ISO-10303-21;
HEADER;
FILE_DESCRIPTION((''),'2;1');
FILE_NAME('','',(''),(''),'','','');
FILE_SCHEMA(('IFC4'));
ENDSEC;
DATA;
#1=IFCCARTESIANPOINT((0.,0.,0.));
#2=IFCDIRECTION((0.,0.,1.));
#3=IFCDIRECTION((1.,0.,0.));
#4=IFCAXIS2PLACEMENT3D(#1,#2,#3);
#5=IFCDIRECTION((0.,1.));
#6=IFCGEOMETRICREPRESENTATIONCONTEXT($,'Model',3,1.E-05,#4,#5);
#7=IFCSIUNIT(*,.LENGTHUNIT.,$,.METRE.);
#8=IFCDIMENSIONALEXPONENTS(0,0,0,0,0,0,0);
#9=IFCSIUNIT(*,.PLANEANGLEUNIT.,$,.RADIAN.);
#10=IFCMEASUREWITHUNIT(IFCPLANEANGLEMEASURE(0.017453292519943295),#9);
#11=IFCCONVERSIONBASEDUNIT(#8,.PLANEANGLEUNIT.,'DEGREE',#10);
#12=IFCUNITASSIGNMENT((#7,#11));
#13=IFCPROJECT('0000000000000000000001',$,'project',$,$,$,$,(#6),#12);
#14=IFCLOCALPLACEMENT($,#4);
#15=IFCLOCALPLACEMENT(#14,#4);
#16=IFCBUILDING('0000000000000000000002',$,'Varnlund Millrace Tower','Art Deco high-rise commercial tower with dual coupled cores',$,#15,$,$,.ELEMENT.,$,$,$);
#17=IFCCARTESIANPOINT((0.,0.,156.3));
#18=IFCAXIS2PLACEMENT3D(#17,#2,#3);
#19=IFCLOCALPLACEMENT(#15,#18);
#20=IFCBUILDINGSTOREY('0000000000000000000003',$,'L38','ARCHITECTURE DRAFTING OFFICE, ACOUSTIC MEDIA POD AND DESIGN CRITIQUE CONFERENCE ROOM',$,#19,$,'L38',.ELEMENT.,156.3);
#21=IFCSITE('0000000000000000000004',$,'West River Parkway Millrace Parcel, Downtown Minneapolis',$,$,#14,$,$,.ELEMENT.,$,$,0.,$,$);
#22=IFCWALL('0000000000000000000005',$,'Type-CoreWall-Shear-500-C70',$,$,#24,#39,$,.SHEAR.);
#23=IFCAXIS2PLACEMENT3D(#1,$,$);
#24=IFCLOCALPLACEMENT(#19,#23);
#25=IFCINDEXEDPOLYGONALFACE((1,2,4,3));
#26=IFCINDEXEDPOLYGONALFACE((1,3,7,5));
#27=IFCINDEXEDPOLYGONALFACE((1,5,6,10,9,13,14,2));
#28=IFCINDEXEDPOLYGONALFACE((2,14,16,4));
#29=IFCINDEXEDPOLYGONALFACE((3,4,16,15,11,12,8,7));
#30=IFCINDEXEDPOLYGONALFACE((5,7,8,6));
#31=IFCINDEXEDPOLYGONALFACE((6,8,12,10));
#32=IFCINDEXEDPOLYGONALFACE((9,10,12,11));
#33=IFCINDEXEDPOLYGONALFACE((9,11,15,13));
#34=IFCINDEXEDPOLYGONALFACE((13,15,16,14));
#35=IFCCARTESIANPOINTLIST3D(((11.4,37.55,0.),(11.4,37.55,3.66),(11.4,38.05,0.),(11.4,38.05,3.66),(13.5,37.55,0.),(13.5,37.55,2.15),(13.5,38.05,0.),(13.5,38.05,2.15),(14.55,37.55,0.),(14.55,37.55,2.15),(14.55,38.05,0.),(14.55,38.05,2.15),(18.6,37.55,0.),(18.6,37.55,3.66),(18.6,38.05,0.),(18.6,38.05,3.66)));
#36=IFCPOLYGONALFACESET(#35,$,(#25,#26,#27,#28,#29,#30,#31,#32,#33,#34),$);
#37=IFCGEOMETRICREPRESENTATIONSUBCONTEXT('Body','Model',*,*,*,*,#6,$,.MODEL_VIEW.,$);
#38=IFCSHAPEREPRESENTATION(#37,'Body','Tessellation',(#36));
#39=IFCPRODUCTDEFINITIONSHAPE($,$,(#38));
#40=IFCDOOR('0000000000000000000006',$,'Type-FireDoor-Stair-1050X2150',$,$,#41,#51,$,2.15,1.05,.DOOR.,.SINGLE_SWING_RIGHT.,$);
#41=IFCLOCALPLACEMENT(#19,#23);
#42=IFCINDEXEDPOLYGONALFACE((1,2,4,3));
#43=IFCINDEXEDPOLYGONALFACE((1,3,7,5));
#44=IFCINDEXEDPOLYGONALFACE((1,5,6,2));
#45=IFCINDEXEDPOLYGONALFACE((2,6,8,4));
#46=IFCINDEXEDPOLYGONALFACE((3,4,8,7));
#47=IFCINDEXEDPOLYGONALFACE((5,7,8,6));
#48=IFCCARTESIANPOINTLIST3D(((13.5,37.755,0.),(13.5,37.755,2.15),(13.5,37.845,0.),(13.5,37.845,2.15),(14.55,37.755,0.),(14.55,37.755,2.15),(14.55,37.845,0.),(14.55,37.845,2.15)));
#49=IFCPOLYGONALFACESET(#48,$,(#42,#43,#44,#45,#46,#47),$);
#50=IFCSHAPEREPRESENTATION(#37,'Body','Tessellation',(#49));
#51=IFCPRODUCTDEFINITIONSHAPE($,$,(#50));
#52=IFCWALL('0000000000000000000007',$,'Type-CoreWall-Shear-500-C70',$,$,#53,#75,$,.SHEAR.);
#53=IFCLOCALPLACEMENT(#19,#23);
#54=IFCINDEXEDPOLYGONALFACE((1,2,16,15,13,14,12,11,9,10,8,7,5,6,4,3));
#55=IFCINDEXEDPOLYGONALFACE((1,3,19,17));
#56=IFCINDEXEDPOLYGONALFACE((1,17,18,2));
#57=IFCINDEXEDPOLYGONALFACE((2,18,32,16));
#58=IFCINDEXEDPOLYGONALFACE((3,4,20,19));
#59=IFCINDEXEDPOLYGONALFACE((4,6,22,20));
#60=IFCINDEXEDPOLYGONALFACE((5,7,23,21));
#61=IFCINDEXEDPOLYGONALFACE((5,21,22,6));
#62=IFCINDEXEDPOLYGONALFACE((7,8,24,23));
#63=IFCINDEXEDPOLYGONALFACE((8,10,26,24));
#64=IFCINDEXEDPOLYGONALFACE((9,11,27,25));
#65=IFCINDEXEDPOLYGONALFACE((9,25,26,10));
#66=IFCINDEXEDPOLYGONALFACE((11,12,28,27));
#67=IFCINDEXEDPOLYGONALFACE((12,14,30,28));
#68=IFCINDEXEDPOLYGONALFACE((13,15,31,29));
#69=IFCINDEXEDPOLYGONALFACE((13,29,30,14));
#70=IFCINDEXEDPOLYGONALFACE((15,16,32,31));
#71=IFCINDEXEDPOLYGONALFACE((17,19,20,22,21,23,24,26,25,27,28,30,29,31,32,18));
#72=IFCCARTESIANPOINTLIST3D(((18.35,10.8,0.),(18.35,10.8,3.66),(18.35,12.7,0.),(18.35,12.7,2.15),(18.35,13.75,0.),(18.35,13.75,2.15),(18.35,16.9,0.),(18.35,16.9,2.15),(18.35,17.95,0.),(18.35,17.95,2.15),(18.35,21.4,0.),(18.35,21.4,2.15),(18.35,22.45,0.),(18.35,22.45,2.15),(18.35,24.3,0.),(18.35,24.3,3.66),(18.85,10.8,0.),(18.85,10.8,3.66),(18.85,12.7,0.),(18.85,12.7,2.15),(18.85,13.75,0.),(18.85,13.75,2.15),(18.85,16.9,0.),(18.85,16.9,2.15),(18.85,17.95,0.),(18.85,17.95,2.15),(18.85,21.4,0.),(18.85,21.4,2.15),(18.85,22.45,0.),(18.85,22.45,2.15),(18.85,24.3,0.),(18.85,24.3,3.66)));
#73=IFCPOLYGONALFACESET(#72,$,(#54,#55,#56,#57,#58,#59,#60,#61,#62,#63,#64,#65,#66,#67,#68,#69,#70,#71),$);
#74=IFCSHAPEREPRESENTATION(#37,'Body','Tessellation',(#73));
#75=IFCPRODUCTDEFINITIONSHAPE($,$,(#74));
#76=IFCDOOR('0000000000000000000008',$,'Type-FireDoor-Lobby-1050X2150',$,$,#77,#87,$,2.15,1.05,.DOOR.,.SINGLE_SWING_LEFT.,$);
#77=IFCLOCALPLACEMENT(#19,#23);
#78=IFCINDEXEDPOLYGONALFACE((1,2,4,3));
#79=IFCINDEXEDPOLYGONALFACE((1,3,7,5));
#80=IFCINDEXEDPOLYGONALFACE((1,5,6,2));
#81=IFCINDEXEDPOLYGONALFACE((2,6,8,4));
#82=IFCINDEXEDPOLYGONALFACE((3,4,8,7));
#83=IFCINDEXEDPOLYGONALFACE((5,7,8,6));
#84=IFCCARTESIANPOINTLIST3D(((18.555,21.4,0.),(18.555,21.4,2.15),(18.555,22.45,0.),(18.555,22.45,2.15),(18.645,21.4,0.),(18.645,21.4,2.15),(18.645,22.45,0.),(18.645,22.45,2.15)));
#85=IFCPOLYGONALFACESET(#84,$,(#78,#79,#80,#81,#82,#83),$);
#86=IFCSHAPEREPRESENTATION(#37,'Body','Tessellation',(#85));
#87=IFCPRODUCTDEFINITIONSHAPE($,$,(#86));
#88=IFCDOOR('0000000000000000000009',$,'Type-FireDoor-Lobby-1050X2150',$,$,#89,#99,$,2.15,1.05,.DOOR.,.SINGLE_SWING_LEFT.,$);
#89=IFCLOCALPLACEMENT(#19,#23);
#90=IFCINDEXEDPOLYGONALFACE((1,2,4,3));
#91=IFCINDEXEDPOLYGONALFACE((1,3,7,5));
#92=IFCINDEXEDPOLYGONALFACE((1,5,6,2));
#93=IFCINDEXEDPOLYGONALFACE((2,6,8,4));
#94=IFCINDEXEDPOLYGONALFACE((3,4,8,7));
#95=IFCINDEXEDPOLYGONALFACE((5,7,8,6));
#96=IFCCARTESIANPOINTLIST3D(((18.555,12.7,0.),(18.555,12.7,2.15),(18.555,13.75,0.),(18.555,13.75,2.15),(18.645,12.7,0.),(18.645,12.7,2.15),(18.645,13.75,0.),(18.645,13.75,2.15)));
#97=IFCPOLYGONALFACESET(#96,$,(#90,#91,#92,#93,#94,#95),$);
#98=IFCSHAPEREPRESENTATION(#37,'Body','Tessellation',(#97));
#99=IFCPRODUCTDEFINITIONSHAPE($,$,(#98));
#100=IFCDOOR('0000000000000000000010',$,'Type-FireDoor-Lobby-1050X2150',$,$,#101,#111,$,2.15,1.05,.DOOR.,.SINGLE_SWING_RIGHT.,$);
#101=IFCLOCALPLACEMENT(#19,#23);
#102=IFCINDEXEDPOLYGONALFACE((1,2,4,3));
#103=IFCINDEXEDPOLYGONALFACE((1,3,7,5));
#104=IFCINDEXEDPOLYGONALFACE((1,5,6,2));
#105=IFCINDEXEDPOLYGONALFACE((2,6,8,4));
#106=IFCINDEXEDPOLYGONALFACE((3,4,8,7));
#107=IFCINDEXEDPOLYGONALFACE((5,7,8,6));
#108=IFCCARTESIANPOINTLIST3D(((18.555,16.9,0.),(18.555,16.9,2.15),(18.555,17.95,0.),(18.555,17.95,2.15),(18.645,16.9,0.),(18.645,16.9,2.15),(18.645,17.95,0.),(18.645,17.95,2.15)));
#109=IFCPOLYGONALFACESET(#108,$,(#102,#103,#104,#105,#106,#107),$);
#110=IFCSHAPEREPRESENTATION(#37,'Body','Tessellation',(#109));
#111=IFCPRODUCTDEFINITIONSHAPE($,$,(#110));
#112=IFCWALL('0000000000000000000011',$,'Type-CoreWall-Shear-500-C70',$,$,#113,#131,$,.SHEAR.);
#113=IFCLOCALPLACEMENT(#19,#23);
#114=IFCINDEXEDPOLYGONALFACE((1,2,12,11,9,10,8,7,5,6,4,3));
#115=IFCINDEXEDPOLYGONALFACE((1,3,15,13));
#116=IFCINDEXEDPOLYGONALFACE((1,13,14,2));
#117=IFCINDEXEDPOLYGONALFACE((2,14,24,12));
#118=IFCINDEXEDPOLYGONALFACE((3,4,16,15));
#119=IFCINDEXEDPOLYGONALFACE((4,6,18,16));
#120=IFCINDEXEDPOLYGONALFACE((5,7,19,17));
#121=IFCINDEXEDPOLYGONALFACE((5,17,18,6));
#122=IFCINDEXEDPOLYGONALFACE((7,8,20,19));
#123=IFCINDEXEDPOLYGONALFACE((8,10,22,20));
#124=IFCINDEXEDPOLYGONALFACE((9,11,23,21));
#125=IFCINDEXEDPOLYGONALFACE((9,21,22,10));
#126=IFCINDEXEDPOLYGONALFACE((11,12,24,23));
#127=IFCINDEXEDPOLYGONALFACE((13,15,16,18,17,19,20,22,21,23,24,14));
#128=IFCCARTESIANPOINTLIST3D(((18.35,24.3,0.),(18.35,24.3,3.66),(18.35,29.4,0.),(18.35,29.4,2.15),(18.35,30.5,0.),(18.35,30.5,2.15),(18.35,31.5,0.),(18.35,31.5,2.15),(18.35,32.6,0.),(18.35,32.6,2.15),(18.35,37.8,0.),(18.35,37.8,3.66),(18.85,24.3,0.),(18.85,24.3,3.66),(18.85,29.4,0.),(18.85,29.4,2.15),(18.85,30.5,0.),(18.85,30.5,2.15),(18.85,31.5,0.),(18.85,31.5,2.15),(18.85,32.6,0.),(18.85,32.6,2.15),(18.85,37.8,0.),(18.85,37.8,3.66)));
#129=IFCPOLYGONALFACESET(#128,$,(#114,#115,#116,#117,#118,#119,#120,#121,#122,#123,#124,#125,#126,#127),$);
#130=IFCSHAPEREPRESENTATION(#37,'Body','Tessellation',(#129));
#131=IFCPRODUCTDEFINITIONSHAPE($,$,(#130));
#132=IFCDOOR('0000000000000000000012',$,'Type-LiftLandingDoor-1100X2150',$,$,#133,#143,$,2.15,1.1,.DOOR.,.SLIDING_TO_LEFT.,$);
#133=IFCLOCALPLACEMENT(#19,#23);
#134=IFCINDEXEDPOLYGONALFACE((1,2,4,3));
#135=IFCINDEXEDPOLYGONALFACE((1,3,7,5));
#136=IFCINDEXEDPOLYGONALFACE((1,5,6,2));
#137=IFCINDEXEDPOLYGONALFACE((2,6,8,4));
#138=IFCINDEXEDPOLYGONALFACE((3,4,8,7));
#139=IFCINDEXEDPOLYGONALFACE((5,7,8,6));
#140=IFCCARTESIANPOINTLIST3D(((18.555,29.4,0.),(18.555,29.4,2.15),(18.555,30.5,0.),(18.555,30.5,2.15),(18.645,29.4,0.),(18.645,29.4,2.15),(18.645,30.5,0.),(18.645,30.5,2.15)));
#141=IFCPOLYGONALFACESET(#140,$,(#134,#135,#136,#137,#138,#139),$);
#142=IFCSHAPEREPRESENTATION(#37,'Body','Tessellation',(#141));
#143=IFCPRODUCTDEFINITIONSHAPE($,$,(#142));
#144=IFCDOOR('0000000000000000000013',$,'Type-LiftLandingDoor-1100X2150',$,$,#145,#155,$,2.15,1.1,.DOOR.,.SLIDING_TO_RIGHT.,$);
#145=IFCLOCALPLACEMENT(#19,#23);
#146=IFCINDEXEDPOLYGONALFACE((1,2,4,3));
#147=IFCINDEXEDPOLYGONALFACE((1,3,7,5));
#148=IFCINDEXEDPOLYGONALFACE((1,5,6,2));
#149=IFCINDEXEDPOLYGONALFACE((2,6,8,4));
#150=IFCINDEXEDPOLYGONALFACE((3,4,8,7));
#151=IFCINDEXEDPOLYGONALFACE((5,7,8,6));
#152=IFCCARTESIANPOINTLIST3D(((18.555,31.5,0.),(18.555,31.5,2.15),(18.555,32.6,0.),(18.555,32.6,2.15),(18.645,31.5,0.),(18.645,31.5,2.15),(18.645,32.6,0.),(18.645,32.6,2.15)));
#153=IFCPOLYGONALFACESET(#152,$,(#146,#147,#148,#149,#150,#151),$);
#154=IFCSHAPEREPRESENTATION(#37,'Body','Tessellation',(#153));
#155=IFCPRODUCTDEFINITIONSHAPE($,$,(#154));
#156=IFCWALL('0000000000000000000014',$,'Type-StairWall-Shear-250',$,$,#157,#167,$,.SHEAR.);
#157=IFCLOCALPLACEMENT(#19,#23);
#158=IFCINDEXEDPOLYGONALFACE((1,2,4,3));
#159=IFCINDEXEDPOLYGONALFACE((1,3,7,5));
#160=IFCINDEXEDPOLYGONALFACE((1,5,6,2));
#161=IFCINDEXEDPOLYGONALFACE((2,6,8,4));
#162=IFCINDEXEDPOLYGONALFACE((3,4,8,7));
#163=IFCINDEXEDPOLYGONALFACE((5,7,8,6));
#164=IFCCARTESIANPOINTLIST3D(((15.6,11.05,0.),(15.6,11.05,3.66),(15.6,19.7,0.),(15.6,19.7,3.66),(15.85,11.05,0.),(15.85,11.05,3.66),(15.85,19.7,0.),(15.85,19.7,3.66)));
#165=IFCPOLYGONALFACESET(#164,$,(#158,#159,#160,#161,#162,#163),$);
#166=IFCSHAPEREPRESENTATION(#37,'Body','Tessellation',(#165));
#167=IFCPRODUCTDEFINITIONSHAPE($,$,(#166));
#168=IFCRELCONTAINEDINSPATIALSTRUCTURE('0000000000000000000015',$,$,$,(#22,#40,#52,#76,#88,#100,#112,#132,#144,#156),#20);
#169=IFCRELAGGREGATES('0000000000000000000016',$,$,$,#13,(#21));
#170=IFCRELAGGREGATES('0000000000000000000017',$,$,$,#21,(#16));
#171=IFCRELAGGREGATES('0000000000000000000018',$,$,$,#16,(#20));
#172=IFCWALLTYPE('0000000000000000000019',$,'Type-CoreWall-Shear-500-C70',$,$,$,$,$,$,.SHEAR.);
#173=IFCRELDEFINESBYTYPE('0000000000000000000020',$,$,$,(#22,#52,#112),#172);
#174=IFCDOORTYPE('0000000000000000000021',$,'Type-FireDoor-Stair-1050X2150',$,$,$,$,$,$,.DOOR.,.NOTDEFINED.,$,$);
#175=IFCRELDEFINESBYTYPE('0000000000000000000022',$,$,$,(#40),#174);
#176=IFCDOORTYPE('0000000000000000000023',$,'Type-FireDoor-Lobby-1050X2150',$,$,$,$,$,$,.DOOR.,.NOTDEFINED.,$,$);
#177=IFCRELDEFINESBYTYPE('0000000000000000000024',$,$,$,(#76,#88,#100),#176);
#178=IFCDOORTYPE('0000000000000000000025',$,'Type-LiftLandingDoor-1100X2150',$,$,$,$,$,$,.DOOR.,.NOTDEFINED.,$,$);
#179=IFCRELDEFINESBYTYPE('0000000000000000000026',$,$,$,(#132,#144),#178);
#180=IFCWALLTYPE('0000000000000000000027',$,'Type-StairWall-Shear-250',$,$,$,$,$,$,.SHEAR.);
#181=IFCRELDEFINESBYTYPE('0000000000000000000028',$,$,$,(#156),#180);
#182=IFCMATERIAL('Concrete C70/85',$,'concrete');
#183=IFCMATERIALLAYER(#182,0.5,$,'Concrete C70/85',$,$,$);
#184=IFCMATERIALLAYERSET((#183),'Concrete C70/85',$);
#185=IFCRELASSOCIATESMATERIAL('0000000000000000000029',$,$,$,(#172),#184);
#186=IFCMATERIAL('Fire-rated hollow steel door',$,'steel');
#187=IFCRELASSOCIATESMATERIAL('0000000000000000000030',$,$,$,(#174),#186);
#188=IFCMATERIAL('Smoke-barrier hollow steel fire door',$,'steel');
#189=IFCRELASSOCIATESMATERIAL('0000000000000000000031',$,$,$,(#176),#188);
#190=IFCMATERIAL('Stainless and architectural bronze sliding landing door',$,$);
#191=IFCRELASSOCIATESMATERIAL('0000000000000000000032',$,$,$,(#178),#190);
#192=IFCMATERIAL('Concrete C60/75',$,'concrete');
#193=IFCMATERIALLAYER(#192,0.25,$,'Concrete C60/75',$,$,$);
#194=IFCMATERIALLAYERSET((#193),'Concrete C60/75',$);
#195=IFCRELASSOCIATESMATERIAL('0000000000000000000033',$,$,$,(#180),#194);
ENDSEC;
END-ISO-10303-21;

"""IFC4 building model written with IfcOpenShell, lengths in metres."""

from ifc_helpers import new_model, entity, si_unit, converted_unit, direction, frame, origin_with_axes, origin_2d_with_axis, place, context, subcontext, project, spatial, polyline, rectangle, outline, extrude, material, layer, layer_set, type_object, element, fill, save


model = new_model("IFC4")

# Units and contexts
model_context = context("Model", 3, precision=1e-05, world=origin_with_axes(), true_north=direction((0.0, 1.0)))
body_context = subcontext(model_context, "Body", "Model", "MODEL_VIEW")
ifc_project = project(units=[si_unit("LENGTHUNIT", "METRE"), converted_unit("PLANEANGLEUNIT", "DEGREE", entity("IfcPlaneAngleMeasure", 0.017453292519943295), si_unit("PLANEANGLEUNIT", "RADIAN"), dimensions=[0, 0, 0, 0, 0, 0, 0])], contexts=[model_context])

# Site, building, storey
site_placement = place(None, origin_with_axes())
site = spatial("IfcSite", under=ifc_project, at=site_placement, Name="West River Parkway Millrace Parcel, Downtown Minneapolis", CompositionType="ELEMENT", RefElevation=0.0)
building_placement = place(site_placement, origin_with_axes())
building = spatial("IfcBuilding", under=site, at=building_placement, Name="Varnlund Millrace Tower", Description="Art Deco high-rise commercial tower with dual coupled cores", CompositionType="ELEMENT")
storey_placement = place(building_placement, frame((0.0, 0.0, 156.3), z_axis=(0.0, 0.0, 1.0), x_axis=(1.0, 0.0, 0.0)))
storey = spatial("IfcBuildingStorey", under=building, at=storey_placement, Name="L38", Description="ARCHITECTURE DRAFTING OFFICE, ACOUSTIC MEDIA POD AND DESIGN CRITIQUE CONFERENCE ROOM", LongName="L38", CompositionType="ELEMENT", Elevation=156.3)

# Shared definitions
ifc_material_1 = material(Name="Concrete C60/75", Category="concrete")

# Shared definitions
ifc_material_2 = material(Name="Concrete C70/85", Category="concrete")
ifc_layer_1 = layer(ifc_material_2, 0.5, Name="Concrete C70/85")
ifc_layer_set_1 = layer_set([ifc_layer_1], Name="Concrete C70/85")
wall_type_1 = type_object("IfcWallType", Name="Type-CoreWall-Shear-500-C70", PredefinedType="SHEAR", material=ifc_layer_set_1)

# Wall, opening, door
ifc_material_3 = material(Name="Fire-rated hollow steel door", Category="steel")
door_type_1 = type_object("IfcDoorType", Name="Type-FireDoor-Stair-1050X2150", OperationType="NOTDEFINED", PredefinedType="DOOR", material=ifc_material_3)
wall_1_placement = place(storey_placement, frame((11.4, 37.8, 0.0), z_axis=(0.0, 0.0, 1.0), x_axis=(1.0, 0.0, 0.0)))
wall_1 = element("IfcWall", 1, at=wall_1_placement, inside=storey, type_object=wall_type_1, Name="Type-CoreWall-Shear-500-C70", PredefinedType="SHEAR", context=body_context, shape_type="SweptSolid", body=[
    extrude(outline(polyline([(0.0, -0.25), (7.2, -0.25), (7.2, 0.25), (0.0, 0.25), (0.0, -0.25)])), origin_with_axes(), (0.0, 0.0, 1.0), 3.66),
])
opening_1_placement = place(wall_1_placement, frame((2.625, 0.0, 0.0), z_axis=(0.0, 0.0, 1.0), x_axis=(1.0, 0.0, 0.0)))
opening_1 = element("IfcOpeningElement", 2, at=opening_1_placement, cuts=wall_1, PredefinedType="OPENING", context=body_context, shape_type="SweptSolid", body=[
    extrude(rectangle(XDim=1.05, YDim=0.52, at=origin_2d_with_axis()), origin_with_axes(), (0.0, 0.0, 1.0), 2.15),
])
door_1_placement = place(wall_1_placement, frame((2.625, 0.0, 0.0), z_axis=(0.0, 0.0, 1.0), x_axis=(1.0, 0.0, 0.0)))
door_1 = element("IfcDoor", 3, at=door_1_placement, inside=storey, type_object=door_type_1, Name="Type-FireDoor-Stair-1050X2150", OperationType="SINGLE_SWING_RIGHT", OverallHeight=2.15, OverallWidth=1.05, PredefinedType="DOOR", context=body_context, shape_type="SweptSolid", body=[
    extrude(rectangle(XDim=1.05, YDim=0.09, at=origin_2d_with_axis()), origin_with_axes(), (0.0, 0.0, 1.0), 2.15),
])
fill(opening_1, door_1)

# Walls, openings, doors
wall_2_placement = place(storey_placement, frame((18.6, 10.8, 0.0), z_axis=(0.0, 0.0, 1.0), x_axis=(0.0, 1.0, 0.0)))
wall_2 = element("IfcWall", 4, at=wall_2_placement, inside=storey, type_object=wall_type_1, Name="Type-CoreWall-Shear-500-C70", PredefinedType="SHEAR", context=body_context, shape_type="SweptSolid", body=[
    extrude(outline(polyline([(0.0, -0.25), (13.5, -0.25), (13.5, 0.25), (0.0, 0.25), (0.0, -0.25)])), origin_with_axes(), (0.0, 0.0, 1.0), 3.66),
])
opening_2_placement = place(wall_2_placement, frame((11.125, 0.0, 0.0), z_axis=(0.0, 0.0, 1.0), x_axis=(1.0, 0.0, 0.0)))
opening_2 = element("IfcOpeningElement", 5, at=opening_2_placement, cuts=wall_2, PredefinedType="OPENING", context=body_context, shape_type="SweptSolid", body=[
    extrude(rectangle(XDim=1.05, YDim=0.52, at=origin_2d_with_axis()), origin_with_axes(), (0.0, 0.0, 1.0), 2.15),
])
opening_3_placement = place(wall_2_placement, frame((2.425, 0.0, 0.0), z_axis=(0.0, 0.0, 1.0), x_axis=(1.0, 0.0, 0.0)))
opening_3 = element("IfcOpeningElement", 6, at=opening_3_placement, cuts=wall_2, PredefinedType="OPENING", context=body_context, shape_type="SweptSolid", body=[
    extrude(rectangle(XDim=1.05, YDim=0.52, at=origin_2d_with_axis()), origin_with_axes(), (0.0, 0.0, 1.0), 2.15),
])
opening_4_placement = place(wall_2_placement, frame((6.625, 0.0, 0.0), z_axis=(0.0, 0.0, 1.0), x_axis=(1.0, 0.0, 0.0)))
opening_4 = element("IfcOpeningElement", 7, at=opening_4_placement, cuts=wall_2, PredefinedType="OPENING", context=body_context, shape_type="SweptSolid", body=[
    extrude(rectangle(XDim=1.05, YDim=0.52, at=origin_2d_with_axis()), origin_with_axes(), (0.0, 0.0, 1.0), 2.15),
])
ifc_material_4 = material(Name="Smoke-barrier hollow steel fire door", Category="steel")
door_type_2 = type_object("IfcDoorType", Name="Type-FireDoor-Lobby-1050X2150", OperationType="NOTDEFINED", PredefinedType="DOOR", material=ifc_material_4)
door_2_placement = place(wall_2_placement, frame((11.125, 0.0, 0.0), z_axis=(0.0, 0.0, 1.0), x_axis=(1.0, 0.0, 0.0)))
door_2 = element("IfcDoor", 8, at=door_2_placement, inside=storey, type_object=door_type_2, Name="Type-FireDoor-Lobby-1050X2150", OperationType="SINGLE_SWING_LEFT", OverallHeight=2.15, OverallWidth=1.05, PredefinedType="DOOR", context=body_context, shape_type="SweptSolid", body=[
    extrude(rectangle(XDim=1.05, YDim=0.09, at=origin_2d_with_axis()), origin_with_axes(), (0.0, 0.0, 1.0), 2.15),
])
fill(opening_2, door_2)
door_3_placement = place(wall_2_placement, frame((2.425, 0.0, 0.0), z_axis=(0.0, 0.0, 1.0), x_axis=(1.0, 0.0, 0.0)))
door_3 = element("IfcDoor", 9, at=door_3_placement, inside=storey, type_object=door_type_2, Name="Type-FireDoor-Lobby-1050X2150", OperationType="SINGLE_SWING_LEFT", OverallHeight=2.15, OverallWidth=1.05, PredefinedType="DOOR", context=body_context, shape_type="SweptSolid", body=[
    extrude(rectangle(XDim=1.05, YDim=0.09, at=origin_2d_with_axis()), origin_with_axes(), (0.0, 0.0, 1.0), 2.15),
])
fill(opening_3, door_3)
door_4_placement = place(wall_2_placement, frame((6.625, 0.0, 0.0), z_axis=(0.0, 0.0, 1.0), x_axis=(1.0, 0.0, 0.0)))
door_4 = element("IfcDoor", 10, at=door_4_placement, inside=storey, type_object=door_type_2, Name="Type-FireDoor-Lobby-1050X2150", OperationType="SINGLE_SWING_RIGHT", OverallHeight=2.15, OverallWidth=1.05, PredefinedType="DOOR", context=body_context, shape_type="SweptSolid", body=[
    extrude(rectangle(XDim=1.05, YDim=0.09, at=origin_2d_with_axis()), origin_with_axes(), (0.0, 0.0, 1.0), 2.15),
])
fill(opening_4, door_4)
wall_3_placement = place(storey_placement, frame((18.6, 24.3, 0.0), z_axis=(0.0, 0.0, 1.0), x_axis=(0.0, 1.0, 0.0)))
wall_3 = element("IfcWall", 11, at=wall_3_placement, inside=storey, type_object=wall_type_1, Name="Type-CoreWall-Shear-500-C70", PredefinedType="SHEAR", context=body_context, shape_type="SweptSolid", body=[
    extrude(outline(polyline([(0.0, -0.25), (13.5, -0.25), (13.5, 0.25), (0.0, 0.25), (0.0, -0.25)])), origin_with_axes(), (0.0, 0.0, 1.0), 3.66),
])
opening_5_placement = place(wall_3_placement, frame((5.65, 0.0, 0.0), z_axis=(0.0, 0.0, 1.0), x_axis=(1.0, 0.0, 0.0)))
opening_5 = element("IfcOpeningElement", 12, at=opening_5_placement, cuts=wall_3, PredefinedType="OPENING", context=body_context, shape_type="SweptSolid", body=[
    extrude(rectangle(XDim=1.1, YDim=0.52, at=origin_2d_with_axis()), origin_with_axes(), (0.0, 0.0, 1.0), 2.15),
])
opening_6_placement = place(wall_3_placement, frame((7.75, 0.0, 0.0), z_axis=(0.0, 0.0, 1.0), x_axis=(1.0, 0.0, 0.0)))
opening_6 = element("IfcOpeningElement", 13, at=opening_6_placement, cuts=wall_3, PredefinedType="OPENING", context=body_context, shape_type="SweptSolid", body=[
    extrude(rectangle(XDim=1.1, YDim=0.52, at=origin_2d_with_axis()), origin_with_axes(), (0.0, 0.0, 1.0), 2.15),
])
ifc_material_5 = material(Name="Stainless and architectural bronze sliding landing door")
door_type_3 = type_object("IfcDoorType", Name="Type-LiftLandingDoor-1100X2150", OperationType="NOTDEFINED", PredefinedType="DOOR", material=ifc_material_5)
door_5_placement = place(wall_3_placement, frame((5.65, 0.0, 0.0), z_axis=(0.0, 0.0, 1.0), x_axis=(1.0, 0.0, 0.0)))
door_5 = element("IfcDoor", 14, at=door_5_placement, inside=storey, type_object=door_type_3, Name="Type-LiftLandingDoor-1100X2150", OperationType="SLIDING_TO_LEFT", OverallHeight=2.15, OverallWidth=1.1, PredefinedType="DOOR", context=body_context, shape_type="SweptSolid", body=[
    extrude(rectangle(XDim=1.1, YDim=0.09, at=origin_2d_with_axis()), origin_with_axes(), (0.0, 0.0, 1.0), 2.15),
])
fill(opening_5, door_5)
door_6_placement = place(wall_3_placement, frame((7.75, 0.0, 0.0), z_axis=(0.0, 0.0, 1.0), x_axis=(1.0, 0.0, 0.0)))
door_6 = element("IfcDoor", 15, at=door_6_placement, inside=storey, type_object=door_type_3, Name="Type-LiftLandingDoor-1100X2150", OperationType="SLIDING_TO_RIGHT", OverallHeight=2.15, OverallWidth=1.1, PredefinedType="DOOR", context=body_context, shape_type="SweptSolid", body=[
    extrude(rectangle(XDim=1.1, YDim=0.09, at=origin_2d_with_axis()), origin_with_axes(), (0.0, 0.0, 1.0), 2.15),
])
fill(opening_6, door_6)

# Wall
ifc_layer_2 = layer(ifc_material_1, 0.25, Name="Concrete C60/75")
ifc_layer_set_2 = layer_set([ifc_layer_2], Name="Concrete C60/75")
wall_type_2 = type_object("IfcWallType", Name="Type-StairWall-Shear-250", PredefinedType="SHEAR", material=ifc_layer_set_2)
wall_4_placement = place(storey_placement, frame((15.725, 11.05, 0.0), z_axis=(0.0, 0.0, 1.0), x_axis=(0.0, 1.0, 0.0)))
element("IfcWall", 16, at=wall_4_placement, inside=storey, type_object=wall_type_2, Name="Type-StairWall-Shear-250", PredefinedType="SHEAR", context=body_context, shape_type="SweptSolid", body=[
    extrude(outline(polyline([(0.0, -0.125), (8.65, -0.125), (8.65, 0.125), (0.0, 0.125), (0.0, -0.125)])), origin_with_axes(), (0.0, 0.0, 1.0), 3.66),
])

save(model, "model.ifc")
